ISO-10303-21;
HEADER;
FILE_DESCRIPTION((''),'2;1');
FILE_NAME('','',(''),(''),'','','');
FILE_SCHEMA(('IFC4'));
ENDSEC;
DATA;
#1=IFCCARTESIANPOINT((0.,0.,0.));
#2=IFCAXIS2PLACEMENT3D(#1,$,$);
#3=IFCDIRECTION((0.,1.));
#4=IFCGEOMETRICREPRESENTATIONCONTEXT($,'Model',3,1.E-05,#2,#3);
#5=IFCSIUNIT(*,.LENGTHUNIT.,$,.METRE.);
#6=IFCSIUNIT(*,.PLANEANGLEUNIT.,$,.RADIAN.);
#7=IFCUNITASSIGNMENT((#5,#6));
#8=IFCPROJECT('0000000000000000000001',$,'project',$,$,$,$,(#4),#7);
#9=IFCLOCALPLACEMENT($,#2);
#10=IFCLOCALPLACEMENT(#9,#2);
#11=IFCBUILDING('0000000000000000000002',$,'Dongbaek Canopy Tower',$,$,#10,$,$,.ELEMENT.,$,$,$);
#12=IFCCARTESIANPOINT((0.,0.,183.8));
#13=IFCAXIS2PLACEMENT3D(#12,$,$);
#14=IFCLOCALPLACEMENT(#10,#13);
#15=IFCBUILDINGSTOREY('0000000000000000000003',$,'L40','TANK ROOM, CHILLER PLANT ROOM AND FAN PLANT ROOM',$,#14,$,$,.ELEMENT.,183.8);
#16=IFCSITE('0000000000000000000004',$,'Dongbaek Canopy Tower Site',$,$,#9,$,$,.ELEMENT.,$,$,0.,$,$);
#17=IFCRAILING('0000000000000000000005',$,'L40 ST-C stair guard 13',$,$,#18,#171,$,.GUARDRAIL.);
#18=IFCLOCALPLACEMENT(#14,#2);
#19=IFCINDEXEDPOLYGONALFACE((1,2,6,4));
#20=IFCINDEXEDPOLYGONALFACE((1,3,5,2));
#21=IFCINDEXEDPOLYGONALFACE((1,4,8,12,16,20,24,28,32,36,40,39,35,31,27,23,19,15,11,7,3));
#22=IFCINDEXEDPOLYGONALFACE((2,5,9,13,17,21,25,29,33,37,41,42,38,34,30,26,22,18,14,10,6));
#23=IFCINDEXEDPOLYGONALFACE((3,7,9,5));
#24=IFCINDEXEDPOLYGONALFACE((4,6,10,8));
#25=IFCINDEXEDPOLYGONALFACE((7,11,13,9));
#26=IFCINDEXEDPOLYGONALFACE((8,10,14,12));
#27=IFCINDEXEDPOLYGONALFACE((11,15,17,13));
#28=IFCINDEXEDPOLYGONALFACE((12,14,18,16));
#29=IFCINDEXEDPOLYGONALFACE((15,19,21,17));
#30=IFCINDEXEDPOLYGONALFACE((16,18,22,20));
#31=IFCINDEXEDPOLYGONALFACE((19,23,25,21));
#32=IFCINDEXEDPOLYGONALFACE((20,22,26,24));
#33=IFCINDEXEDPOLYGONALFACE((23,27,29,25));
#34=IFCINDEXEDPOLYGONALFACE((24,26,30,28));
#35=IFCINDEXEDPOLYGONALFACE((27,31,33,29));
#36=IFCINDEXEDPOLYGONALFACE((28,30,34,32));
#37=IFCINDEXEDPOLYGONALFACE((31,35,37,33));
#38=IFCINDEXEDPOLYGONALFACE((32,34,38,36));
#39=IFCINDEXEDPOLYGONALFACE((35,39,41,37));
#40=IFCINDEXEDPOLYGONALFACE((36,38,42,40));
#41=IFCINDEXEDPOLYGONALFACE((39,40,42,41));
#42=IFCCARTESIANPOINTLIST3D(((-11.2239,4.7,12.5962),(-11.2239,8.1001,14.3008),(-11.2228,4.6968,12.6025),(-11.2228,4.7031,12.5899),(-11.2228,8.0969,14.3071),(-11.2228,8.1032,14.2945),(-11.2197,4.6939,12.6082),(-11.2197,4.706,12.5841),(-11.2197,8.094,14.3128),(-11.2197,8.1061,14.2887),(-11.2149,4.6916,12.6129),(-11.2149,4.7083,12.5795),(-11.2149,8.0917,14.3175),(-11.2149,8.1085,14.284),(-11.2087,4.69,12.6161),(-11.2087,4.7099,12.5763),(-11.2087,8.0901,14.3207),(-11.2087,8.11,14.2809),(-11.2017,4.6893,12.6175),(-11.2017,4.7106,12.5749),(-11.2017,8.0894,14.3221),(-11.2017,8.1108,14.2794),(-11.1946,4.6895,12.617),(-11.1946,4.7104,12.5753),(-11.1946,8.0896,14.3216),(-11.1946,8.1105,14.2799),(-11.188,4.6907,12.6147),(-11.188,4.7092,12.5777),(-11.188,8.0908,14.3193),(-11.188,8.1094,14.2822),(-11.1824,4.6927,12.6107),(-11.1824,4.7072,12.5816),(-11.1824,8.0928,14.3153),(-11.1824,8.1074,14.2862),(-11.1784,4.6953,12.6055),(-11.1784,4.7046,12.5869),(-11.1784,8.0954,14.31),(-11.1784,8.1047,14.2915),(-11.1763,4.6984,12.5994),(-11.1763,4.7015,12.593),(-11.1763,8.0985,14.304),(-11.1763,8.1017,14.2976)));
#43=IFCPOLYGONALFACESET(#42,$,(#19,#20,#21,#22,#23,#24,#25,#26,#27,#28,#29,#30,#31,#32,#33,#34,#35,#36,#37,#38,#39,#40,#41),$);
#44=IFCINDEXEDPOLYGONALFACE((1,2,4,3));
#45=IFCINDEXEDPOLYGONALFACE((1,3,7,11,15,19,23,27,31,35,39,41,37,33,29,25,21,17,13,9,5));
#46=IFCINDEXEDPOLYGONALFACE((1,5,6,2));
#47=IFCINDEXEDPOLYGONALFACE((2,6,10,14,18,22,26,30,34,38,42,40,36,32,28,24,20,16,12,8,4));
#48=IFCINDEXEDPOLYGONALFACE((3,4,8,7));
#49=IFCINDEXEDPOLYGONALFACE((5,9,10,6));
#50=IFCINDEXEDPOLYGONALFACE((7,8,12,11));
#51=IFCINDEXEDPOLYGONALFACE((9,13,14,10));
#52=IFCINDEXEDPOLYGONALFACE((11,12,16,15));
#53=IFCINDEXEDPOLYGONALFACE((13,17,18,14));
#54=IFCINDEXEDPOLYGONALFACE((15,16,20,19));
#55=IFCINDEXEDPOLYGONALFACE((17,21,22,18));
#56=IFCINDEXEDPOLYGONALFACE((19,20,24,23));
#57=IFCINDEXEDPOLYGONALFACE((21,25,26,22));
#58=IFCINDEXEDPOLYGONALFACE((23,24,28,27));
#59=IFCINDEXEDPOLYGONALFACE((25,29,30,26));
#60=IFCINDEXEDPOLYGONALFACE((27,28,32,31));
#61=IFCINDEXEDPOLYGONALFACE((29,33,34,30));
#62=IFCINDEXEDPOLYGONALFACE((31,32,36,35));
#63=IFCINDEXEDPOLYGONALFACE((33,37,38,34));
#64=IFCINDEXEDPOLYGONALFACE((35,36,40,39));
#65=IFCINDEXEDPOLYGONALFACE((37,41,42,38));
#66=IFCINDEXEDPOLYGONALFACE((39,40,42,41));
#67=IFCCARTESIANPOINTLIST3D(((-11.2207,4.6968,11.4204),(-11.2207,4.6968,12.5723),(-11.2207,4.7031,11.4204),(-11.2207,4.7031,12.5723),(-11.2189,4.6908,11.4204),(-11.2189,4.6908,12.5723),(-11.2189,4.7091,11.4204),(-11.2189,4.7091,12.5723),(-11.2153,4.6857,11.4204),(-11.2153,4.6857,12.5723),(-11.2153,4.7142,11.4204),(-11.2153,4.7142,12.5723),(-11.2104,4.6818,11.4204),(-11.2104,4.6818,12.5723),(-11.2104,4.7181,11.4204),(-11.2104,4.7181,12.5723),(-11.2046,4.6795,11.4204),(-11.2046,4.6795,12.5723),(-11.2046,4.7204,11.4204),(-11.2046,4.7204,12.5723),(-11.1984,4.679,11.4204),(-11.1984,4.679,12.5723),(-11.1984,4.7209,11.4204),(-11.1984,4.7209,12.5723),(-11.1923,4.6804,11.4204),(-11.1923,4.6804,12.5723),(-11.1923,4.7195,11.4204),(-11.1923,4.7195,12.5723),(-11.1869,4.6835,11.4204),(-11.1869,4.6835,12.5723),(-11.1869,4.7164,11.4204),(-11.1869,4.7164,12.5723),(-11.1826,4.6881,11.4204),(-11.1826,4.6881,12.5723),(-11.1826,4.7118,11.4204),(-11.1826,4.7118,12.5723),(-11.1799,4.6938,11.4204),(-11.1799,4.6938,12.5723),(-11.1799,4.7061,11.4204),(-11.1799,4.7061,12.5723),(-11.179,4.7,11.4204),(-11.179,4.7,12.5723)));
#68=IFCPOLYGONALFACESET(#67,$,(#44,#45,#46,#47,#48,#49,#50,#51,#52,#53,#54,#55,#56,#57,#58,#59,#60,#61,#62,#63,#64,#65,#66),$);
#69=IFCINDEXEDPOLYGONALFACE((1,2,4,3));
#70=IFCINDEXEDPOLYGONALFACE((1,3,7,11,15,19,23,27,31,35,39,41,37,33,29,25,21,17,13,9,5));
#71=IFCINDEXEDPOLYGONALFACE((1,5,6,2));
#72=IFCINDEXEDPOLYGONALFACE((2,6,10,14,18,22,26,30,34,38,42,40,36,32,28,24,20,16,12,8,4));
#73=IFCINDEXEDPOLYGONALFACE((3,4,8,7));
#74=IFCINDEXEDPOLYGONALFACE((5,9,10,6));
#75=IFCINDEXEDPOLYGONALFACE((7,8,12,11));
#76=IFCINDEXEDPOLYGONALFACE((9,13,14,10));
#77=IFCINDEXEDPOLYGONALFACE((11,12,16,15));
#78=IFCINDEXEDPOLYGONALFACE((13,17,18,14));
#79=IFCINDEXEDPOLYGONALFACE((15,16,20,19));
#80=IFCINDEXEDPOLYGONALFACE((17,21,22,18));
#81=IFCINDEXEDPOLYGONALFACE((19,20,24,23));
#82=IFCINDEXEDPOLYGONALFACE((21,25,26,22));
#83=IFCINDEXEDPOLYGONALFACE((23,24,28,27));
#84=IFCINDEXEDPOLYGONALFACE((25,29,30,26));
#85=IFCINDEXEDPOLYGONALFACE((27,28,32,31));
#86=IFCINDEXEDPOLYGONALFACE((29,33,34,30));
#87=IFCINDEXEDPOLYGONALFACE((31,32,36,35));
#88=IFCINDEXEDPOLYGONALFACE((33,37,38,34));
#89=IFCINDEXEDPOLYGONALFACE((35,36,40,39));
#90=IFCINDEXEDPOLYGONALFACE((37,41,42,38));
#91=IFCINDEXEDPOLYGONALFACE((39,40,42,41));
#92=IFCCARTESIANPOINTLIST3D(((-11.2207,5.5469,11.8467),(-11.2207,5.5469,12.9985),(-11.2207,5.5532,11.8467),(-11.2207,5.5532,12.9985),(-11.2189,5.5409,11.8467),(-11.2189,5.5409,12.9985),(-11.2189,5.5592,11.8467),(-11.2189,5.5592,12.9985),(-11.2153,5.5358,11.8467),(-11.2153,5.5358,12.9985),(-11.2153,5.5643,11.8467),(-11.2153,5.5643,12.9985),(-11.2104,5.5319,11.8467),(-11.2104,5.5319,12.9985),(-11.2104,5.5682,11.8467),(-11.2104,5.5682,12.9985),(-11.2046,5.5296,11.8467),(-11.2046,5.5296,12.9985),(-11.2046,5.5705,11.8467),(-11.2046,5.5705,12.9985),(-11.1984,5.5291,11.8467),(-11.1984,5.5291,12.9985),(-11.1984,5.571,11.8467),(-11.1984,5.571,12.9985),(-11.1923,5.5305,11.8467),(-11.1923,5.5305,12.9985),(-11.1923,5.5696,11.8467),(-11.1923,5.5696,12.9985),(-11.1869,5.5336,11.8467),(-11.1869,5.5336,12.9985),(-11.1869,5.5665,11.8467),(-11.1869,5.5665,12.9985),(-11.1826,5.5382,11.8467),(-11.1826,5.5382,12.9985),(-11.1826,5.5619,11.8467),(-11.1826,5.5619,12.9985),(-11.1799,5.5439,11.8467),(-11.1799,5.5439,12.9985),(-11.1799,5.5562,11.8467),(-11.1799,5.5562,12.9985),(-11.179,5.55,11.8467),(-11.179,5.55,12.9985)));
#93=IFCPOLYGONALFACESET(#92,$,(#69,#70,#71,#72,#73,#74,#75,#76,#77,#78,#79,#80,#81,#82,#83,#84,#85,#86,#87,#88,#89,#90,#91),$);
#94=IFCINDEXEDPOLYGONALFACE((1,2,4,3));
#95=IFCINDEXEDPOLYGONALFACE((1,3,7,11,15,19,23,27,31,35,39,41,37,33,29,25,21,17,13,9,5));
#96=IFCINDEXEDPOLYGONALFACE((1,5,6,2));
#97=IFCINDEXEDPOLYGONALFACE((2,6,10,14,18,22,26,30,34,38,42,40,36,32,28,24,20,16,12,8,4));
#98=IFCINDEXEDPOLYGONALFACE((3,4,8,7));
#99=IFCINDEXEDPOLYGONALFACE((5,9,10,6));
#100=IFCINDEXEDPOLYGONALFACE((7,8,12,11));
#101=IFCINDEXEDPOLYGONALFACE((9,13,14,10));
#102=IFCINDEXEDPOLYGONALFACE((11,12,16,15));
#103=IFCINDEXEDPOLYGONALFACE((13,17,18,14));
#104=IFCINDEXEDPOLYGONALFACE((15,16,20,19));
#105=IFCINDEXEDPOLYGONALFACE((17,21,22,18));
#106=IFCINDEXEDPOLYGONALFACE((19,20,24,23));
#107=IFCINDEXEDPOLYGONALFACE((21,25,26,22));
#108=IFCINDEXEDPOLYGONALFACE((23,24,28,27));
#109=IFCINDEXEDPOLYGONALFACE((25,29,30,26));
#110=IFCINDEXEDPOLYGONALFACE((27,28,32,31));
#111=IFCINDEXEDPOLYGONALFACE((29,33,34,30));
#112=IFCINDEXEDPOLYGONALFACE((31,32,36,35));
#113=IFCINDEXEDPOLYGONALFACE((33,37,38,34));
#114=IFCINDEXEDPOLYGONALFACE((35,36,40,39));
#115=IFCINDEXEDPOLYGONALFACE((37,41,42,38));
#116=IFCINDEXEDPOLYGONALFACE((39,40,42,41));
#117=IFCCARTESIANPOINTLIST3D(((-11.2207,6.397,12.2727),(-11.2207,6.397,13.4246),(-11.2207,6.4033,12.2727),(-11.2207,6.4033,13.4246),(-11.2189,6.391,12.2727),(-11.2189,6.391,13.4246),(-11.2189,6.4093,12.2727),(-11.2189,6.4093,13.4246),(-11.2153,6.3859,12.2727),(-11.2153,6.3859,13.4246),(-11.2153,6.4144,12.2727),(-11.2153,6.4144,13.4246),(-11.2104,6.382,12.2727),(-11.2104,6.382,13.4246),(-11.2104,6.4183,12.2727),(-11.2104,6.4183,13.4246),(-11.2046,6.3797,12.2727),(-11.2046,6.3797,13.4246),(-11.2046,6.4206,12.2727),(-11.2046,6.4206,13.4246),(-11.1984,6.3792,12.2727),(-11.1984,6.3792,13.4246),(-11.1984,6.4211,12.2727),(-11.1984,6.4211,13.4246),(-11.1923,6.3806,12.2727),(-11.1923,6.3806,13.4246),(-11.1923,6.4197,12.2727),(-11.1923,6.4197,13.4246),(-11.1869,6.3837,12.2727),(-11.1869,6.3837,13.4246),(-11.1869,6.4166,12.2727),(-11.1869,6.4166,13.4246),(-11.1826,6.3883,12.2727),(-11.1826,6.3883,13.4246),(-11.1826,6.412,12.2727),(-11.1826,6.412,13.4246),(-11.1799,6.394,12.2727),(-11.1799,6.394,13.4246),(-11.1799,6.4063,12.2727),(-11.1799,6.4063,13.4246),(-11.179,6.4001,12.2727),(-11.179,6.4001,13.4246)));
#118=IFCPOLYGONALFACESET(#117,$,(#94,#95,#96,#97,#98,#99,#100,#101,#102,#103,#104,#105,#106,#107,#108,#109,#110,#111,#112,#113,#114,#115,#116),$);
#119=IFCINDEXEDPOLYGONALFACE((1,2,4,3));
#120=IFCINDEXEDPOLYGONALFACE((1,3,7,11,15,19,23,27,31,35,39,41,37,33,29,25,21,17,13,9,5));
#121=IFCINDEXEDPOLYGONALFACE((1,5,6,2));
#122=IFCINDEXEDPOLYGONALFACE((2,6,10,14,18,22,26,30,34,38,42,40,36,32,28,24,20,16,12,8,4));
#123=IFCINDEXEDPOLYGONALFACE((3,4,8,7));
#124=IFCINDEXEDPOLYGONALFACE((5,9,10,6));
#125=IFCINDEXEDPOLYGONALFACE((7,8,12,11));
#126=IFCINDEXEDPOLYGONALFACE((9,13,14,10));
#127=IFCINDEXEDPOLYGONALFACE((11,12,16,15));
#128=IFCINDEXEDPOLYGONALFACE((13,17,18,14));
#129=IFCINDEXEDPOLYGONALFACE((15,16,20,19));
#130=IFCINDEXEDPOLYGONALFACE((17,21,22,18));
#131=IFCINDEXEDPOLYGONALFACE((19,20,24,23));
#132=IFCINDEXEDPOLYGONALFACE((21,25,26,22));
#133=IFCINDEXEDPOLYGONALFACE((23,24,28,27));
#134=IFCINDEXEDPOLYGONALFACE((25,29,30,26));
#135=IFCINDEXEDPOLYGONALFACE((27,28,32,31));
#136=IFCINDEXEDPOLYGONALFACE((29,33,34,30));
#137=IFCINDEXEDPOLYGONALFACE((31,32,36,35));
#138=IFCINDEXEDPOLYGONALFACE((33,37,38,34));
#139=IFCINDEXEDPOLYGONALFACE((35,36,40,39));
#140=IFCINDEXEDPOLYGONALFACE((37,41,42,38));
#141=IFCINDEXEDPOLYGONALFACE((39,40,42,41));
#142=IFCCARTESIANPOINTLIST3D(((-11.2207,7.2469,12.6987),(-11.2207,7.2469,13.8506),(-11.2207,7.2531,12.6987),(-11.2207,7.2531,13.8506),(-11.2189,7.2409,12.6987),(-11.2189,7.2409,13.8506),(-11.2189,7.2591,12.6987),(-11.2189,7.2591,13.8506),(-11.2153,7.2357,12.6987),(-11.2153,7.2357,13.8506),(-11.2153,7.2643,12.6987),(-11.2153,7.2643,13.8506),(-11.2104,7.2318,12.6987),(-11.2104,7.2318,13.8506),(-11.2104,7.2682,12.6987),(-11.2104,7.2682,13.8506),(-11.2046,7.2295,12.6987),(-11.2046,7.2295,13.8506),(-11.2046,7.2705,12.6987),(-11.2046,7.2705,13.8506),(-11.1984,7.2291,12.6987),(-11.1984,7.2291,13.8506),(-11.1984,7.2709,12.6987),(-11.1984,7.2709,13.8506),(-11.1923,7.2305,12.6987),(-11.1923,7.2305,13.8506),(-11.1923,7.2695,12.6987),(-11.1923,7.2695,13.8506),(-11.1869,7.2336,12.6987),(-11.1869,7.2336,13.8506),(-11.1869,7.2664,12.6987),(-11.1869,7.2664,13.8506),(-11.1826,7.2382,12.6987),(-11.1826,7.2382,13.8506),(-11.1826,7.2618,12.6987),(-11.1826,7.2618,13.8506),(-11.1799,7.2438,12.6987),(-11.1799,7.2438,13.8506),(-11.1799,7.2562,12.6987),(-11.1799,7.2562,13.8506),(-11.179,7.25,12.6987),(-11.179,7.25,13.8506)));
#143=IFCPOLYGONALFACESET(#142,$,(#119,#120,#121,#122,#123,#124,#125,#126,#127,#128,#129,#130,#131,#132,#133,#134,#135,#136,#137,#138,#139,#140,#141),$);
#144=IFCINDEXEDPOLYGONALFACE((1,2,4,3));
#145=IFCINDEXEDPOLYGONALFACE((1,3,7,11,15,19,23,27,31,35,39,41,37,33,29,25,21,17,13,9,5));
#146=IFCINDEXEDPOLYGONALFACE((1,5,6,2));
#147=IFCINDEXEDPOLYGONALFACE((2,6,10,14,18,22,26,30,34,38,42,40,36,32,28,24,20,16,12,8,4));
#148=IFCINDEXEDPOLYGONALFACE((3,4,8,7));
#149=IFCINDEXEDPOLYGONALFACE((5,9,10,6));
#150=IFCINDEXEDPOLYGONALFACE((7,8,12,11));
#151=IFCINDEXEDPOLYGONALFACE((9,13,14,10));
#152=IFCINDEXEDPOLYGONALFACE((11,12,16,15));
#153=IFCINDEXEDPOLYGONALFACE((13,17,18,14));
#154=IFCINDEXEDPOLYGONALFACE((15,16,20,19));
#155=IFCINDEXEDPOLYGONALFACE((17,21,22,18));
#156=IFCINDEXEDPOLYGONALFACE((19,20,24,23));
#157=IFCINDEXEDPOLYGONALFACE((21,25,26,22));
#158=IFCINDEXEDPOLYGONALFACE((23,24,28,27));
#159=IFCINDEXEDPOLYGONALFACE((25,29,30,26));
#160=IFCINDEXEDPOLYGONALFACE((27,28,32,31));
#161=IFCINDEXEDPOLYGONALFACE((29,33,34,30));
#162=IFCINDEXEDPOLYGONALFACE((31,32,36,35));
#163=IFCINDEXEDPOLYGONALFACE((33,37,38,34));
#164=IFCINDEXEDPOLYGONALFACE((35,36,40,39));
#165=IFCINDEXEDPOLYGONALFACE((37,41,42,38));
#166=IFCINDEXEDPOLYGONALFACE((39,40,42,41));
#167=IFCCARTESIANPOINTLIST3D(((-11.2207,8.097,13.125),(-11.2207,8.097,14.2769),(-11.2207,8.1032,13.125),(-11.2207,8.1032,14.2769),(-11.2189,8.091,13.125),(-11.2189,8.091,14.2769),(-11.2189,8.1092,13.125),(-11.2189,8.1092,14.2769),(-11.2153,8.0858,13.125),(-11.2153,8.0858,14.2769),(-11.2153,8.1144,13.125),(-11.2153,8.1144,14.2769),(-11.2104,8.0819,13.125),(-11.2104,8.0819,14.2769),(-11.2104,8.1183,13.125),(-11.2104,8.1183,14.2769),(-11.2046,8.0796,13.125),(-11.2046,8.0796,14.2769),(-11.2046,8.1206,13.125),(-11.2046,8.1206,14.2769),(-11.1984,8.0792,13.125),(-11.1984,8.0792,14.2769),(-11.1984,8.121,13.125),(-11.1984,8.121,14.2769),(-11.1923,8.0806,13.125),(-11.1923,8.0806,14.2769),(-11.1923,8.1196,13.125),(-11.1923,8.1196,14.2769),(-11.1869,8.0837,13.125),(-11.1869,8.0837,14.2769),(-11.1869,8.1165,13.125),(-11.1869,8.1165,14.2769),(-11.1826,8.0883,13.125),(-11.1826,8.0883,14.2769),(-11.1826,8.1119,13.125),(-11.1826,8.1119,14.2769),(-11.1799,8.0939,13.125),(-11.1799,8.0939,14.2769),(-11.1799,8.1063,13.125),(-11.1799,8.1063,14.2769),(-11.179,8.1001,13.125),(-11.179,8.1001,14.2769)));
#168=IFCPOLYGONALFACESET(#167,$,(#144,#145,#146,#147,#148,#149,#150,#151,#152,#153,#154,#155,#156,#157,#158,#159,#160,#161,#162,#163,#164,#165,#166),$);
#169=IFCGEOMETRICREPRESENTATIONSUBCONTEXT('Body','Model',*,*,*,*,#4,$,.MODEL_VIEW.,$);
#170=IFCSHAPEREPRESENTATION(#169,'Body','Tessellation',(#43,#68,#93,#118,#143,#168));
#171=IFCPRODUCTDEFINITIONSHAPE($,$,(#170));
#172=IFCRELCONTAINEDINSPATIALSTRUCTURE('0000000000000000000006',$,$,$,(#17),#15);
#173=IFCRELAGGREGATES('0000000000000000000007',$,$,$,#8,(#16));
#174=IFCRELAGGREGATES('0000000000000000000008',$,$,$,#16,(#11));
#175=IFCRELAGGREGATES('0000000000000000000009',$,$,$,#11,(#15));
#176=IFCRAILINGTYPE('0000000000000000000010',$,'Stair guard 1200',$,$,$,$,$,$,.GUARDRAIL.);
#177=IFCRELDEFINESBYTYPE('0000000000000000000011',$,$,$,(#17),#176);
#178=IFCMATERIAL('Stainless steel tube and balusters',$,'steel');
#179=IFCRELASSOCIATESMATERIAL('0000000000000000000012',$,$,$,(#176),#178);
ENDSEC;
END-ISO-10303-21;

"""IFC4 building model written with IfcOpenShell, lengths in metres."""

from ifc_helpers import new_model, si_unit, direction, frame, origin, origin_2d, place, context, subcontext, project, spatial, circle, extrude, material, type_object, element, save


model = new_model("IFC4")

# Units and contexts
model_context = context("Model", 3, precision=1e-05, world=origin(), true_north=direction((0.0, 1.0)))
body_context = subcontext(model_context, "Body", "Model", "MODEL_VIEW")
ifc_project = project(units=[si_unit("LENGTHUNIT", "METRE"), si_unit("PLANEANGLEUNIT", "RADIAN")], contexts=[model_context])

# Site, building, storey
site_placement = place(None, origin())
site = spatial("IfcSite", under=ifc_project, at=site_placement, Name="Dongbaek Canopy Tower Site", CompositionType="ELEMENT", RefElevation=0.0)
building_placement = place(site_placement, origin())
building = spatial("IfcBuilding", under=site, at=building_placement, Name="Dongbaek Canopy Tower", CompositionType="ELEMENT")
storey_placement = place(building_placement, frame((0.0, 0.0, 183.8)))
storey = spatial("IfcBuildingStorey", under=building, at=storey_placement, Name="L40", Description="TANK ROOM, CHILLER PLANT ROOM AND FAN PLANT ROOM", CompositionType="ELEMENT", Elevation=183.8)

# Railing
ifc_material_1 = material(Name="Stainless steel tube and balusters", Category="steel")
railing_type_1 = type_object("IfcRailingType", Name="Stair guard 1200", PredefinedType="GUARDRAIL", material=ifc_material_1)
railing_1_placement = place(storey_placement, frame((-11.2, 4.7, 11.4204)))
element("IfcRailing", 1, at=railing_1_placement, inside=storey, type_object=railing_type_1, Name="L40 ST-C stair guard 13", PredefinedType="GUARDRAIL", context=body_context, shape_type="SweptSolid", body=[
    extrude(circle(Radius=0.0239, at=origin_2d()), frame((0.0, 0.0, 1.1758), z_axis=(0.0, 0.893952, 0.448163), x_axis=(-1.0, 0.0, 0.0)), (0.0, 0.0, 1.0), 3.8035),
    extrude(circle(Radius=0.021, at=origin_2d()), origin(), (0.0, 0.0, 1.0), 1.1519),
    extrude(circle(Radius=0.021, at=origin_2d()), frame((0.0, 0.8501, 0.4263)), (0.0, 0.0, 1.0), 1.1519),
    extrude(circle(Radius=0.021, at=origin_2d()), frame((0.0, 1.7002, 0.8523)), (0.0, 0.0, 1.0), 1.1519),
    extrude(circle(Radius=0.021, at=origin_2d()), frame((0.0, 2.55, 1.2783)), (0.0, 0.0, 1.0), 1.1519),
    extrude(circle(Radius=0.021, at=origin_2d()), frame((0.0, 3.4001, 1.7046)), (0.0, 0.0, 1.0), 1.1519),
])

save(model, "model.ifc")
